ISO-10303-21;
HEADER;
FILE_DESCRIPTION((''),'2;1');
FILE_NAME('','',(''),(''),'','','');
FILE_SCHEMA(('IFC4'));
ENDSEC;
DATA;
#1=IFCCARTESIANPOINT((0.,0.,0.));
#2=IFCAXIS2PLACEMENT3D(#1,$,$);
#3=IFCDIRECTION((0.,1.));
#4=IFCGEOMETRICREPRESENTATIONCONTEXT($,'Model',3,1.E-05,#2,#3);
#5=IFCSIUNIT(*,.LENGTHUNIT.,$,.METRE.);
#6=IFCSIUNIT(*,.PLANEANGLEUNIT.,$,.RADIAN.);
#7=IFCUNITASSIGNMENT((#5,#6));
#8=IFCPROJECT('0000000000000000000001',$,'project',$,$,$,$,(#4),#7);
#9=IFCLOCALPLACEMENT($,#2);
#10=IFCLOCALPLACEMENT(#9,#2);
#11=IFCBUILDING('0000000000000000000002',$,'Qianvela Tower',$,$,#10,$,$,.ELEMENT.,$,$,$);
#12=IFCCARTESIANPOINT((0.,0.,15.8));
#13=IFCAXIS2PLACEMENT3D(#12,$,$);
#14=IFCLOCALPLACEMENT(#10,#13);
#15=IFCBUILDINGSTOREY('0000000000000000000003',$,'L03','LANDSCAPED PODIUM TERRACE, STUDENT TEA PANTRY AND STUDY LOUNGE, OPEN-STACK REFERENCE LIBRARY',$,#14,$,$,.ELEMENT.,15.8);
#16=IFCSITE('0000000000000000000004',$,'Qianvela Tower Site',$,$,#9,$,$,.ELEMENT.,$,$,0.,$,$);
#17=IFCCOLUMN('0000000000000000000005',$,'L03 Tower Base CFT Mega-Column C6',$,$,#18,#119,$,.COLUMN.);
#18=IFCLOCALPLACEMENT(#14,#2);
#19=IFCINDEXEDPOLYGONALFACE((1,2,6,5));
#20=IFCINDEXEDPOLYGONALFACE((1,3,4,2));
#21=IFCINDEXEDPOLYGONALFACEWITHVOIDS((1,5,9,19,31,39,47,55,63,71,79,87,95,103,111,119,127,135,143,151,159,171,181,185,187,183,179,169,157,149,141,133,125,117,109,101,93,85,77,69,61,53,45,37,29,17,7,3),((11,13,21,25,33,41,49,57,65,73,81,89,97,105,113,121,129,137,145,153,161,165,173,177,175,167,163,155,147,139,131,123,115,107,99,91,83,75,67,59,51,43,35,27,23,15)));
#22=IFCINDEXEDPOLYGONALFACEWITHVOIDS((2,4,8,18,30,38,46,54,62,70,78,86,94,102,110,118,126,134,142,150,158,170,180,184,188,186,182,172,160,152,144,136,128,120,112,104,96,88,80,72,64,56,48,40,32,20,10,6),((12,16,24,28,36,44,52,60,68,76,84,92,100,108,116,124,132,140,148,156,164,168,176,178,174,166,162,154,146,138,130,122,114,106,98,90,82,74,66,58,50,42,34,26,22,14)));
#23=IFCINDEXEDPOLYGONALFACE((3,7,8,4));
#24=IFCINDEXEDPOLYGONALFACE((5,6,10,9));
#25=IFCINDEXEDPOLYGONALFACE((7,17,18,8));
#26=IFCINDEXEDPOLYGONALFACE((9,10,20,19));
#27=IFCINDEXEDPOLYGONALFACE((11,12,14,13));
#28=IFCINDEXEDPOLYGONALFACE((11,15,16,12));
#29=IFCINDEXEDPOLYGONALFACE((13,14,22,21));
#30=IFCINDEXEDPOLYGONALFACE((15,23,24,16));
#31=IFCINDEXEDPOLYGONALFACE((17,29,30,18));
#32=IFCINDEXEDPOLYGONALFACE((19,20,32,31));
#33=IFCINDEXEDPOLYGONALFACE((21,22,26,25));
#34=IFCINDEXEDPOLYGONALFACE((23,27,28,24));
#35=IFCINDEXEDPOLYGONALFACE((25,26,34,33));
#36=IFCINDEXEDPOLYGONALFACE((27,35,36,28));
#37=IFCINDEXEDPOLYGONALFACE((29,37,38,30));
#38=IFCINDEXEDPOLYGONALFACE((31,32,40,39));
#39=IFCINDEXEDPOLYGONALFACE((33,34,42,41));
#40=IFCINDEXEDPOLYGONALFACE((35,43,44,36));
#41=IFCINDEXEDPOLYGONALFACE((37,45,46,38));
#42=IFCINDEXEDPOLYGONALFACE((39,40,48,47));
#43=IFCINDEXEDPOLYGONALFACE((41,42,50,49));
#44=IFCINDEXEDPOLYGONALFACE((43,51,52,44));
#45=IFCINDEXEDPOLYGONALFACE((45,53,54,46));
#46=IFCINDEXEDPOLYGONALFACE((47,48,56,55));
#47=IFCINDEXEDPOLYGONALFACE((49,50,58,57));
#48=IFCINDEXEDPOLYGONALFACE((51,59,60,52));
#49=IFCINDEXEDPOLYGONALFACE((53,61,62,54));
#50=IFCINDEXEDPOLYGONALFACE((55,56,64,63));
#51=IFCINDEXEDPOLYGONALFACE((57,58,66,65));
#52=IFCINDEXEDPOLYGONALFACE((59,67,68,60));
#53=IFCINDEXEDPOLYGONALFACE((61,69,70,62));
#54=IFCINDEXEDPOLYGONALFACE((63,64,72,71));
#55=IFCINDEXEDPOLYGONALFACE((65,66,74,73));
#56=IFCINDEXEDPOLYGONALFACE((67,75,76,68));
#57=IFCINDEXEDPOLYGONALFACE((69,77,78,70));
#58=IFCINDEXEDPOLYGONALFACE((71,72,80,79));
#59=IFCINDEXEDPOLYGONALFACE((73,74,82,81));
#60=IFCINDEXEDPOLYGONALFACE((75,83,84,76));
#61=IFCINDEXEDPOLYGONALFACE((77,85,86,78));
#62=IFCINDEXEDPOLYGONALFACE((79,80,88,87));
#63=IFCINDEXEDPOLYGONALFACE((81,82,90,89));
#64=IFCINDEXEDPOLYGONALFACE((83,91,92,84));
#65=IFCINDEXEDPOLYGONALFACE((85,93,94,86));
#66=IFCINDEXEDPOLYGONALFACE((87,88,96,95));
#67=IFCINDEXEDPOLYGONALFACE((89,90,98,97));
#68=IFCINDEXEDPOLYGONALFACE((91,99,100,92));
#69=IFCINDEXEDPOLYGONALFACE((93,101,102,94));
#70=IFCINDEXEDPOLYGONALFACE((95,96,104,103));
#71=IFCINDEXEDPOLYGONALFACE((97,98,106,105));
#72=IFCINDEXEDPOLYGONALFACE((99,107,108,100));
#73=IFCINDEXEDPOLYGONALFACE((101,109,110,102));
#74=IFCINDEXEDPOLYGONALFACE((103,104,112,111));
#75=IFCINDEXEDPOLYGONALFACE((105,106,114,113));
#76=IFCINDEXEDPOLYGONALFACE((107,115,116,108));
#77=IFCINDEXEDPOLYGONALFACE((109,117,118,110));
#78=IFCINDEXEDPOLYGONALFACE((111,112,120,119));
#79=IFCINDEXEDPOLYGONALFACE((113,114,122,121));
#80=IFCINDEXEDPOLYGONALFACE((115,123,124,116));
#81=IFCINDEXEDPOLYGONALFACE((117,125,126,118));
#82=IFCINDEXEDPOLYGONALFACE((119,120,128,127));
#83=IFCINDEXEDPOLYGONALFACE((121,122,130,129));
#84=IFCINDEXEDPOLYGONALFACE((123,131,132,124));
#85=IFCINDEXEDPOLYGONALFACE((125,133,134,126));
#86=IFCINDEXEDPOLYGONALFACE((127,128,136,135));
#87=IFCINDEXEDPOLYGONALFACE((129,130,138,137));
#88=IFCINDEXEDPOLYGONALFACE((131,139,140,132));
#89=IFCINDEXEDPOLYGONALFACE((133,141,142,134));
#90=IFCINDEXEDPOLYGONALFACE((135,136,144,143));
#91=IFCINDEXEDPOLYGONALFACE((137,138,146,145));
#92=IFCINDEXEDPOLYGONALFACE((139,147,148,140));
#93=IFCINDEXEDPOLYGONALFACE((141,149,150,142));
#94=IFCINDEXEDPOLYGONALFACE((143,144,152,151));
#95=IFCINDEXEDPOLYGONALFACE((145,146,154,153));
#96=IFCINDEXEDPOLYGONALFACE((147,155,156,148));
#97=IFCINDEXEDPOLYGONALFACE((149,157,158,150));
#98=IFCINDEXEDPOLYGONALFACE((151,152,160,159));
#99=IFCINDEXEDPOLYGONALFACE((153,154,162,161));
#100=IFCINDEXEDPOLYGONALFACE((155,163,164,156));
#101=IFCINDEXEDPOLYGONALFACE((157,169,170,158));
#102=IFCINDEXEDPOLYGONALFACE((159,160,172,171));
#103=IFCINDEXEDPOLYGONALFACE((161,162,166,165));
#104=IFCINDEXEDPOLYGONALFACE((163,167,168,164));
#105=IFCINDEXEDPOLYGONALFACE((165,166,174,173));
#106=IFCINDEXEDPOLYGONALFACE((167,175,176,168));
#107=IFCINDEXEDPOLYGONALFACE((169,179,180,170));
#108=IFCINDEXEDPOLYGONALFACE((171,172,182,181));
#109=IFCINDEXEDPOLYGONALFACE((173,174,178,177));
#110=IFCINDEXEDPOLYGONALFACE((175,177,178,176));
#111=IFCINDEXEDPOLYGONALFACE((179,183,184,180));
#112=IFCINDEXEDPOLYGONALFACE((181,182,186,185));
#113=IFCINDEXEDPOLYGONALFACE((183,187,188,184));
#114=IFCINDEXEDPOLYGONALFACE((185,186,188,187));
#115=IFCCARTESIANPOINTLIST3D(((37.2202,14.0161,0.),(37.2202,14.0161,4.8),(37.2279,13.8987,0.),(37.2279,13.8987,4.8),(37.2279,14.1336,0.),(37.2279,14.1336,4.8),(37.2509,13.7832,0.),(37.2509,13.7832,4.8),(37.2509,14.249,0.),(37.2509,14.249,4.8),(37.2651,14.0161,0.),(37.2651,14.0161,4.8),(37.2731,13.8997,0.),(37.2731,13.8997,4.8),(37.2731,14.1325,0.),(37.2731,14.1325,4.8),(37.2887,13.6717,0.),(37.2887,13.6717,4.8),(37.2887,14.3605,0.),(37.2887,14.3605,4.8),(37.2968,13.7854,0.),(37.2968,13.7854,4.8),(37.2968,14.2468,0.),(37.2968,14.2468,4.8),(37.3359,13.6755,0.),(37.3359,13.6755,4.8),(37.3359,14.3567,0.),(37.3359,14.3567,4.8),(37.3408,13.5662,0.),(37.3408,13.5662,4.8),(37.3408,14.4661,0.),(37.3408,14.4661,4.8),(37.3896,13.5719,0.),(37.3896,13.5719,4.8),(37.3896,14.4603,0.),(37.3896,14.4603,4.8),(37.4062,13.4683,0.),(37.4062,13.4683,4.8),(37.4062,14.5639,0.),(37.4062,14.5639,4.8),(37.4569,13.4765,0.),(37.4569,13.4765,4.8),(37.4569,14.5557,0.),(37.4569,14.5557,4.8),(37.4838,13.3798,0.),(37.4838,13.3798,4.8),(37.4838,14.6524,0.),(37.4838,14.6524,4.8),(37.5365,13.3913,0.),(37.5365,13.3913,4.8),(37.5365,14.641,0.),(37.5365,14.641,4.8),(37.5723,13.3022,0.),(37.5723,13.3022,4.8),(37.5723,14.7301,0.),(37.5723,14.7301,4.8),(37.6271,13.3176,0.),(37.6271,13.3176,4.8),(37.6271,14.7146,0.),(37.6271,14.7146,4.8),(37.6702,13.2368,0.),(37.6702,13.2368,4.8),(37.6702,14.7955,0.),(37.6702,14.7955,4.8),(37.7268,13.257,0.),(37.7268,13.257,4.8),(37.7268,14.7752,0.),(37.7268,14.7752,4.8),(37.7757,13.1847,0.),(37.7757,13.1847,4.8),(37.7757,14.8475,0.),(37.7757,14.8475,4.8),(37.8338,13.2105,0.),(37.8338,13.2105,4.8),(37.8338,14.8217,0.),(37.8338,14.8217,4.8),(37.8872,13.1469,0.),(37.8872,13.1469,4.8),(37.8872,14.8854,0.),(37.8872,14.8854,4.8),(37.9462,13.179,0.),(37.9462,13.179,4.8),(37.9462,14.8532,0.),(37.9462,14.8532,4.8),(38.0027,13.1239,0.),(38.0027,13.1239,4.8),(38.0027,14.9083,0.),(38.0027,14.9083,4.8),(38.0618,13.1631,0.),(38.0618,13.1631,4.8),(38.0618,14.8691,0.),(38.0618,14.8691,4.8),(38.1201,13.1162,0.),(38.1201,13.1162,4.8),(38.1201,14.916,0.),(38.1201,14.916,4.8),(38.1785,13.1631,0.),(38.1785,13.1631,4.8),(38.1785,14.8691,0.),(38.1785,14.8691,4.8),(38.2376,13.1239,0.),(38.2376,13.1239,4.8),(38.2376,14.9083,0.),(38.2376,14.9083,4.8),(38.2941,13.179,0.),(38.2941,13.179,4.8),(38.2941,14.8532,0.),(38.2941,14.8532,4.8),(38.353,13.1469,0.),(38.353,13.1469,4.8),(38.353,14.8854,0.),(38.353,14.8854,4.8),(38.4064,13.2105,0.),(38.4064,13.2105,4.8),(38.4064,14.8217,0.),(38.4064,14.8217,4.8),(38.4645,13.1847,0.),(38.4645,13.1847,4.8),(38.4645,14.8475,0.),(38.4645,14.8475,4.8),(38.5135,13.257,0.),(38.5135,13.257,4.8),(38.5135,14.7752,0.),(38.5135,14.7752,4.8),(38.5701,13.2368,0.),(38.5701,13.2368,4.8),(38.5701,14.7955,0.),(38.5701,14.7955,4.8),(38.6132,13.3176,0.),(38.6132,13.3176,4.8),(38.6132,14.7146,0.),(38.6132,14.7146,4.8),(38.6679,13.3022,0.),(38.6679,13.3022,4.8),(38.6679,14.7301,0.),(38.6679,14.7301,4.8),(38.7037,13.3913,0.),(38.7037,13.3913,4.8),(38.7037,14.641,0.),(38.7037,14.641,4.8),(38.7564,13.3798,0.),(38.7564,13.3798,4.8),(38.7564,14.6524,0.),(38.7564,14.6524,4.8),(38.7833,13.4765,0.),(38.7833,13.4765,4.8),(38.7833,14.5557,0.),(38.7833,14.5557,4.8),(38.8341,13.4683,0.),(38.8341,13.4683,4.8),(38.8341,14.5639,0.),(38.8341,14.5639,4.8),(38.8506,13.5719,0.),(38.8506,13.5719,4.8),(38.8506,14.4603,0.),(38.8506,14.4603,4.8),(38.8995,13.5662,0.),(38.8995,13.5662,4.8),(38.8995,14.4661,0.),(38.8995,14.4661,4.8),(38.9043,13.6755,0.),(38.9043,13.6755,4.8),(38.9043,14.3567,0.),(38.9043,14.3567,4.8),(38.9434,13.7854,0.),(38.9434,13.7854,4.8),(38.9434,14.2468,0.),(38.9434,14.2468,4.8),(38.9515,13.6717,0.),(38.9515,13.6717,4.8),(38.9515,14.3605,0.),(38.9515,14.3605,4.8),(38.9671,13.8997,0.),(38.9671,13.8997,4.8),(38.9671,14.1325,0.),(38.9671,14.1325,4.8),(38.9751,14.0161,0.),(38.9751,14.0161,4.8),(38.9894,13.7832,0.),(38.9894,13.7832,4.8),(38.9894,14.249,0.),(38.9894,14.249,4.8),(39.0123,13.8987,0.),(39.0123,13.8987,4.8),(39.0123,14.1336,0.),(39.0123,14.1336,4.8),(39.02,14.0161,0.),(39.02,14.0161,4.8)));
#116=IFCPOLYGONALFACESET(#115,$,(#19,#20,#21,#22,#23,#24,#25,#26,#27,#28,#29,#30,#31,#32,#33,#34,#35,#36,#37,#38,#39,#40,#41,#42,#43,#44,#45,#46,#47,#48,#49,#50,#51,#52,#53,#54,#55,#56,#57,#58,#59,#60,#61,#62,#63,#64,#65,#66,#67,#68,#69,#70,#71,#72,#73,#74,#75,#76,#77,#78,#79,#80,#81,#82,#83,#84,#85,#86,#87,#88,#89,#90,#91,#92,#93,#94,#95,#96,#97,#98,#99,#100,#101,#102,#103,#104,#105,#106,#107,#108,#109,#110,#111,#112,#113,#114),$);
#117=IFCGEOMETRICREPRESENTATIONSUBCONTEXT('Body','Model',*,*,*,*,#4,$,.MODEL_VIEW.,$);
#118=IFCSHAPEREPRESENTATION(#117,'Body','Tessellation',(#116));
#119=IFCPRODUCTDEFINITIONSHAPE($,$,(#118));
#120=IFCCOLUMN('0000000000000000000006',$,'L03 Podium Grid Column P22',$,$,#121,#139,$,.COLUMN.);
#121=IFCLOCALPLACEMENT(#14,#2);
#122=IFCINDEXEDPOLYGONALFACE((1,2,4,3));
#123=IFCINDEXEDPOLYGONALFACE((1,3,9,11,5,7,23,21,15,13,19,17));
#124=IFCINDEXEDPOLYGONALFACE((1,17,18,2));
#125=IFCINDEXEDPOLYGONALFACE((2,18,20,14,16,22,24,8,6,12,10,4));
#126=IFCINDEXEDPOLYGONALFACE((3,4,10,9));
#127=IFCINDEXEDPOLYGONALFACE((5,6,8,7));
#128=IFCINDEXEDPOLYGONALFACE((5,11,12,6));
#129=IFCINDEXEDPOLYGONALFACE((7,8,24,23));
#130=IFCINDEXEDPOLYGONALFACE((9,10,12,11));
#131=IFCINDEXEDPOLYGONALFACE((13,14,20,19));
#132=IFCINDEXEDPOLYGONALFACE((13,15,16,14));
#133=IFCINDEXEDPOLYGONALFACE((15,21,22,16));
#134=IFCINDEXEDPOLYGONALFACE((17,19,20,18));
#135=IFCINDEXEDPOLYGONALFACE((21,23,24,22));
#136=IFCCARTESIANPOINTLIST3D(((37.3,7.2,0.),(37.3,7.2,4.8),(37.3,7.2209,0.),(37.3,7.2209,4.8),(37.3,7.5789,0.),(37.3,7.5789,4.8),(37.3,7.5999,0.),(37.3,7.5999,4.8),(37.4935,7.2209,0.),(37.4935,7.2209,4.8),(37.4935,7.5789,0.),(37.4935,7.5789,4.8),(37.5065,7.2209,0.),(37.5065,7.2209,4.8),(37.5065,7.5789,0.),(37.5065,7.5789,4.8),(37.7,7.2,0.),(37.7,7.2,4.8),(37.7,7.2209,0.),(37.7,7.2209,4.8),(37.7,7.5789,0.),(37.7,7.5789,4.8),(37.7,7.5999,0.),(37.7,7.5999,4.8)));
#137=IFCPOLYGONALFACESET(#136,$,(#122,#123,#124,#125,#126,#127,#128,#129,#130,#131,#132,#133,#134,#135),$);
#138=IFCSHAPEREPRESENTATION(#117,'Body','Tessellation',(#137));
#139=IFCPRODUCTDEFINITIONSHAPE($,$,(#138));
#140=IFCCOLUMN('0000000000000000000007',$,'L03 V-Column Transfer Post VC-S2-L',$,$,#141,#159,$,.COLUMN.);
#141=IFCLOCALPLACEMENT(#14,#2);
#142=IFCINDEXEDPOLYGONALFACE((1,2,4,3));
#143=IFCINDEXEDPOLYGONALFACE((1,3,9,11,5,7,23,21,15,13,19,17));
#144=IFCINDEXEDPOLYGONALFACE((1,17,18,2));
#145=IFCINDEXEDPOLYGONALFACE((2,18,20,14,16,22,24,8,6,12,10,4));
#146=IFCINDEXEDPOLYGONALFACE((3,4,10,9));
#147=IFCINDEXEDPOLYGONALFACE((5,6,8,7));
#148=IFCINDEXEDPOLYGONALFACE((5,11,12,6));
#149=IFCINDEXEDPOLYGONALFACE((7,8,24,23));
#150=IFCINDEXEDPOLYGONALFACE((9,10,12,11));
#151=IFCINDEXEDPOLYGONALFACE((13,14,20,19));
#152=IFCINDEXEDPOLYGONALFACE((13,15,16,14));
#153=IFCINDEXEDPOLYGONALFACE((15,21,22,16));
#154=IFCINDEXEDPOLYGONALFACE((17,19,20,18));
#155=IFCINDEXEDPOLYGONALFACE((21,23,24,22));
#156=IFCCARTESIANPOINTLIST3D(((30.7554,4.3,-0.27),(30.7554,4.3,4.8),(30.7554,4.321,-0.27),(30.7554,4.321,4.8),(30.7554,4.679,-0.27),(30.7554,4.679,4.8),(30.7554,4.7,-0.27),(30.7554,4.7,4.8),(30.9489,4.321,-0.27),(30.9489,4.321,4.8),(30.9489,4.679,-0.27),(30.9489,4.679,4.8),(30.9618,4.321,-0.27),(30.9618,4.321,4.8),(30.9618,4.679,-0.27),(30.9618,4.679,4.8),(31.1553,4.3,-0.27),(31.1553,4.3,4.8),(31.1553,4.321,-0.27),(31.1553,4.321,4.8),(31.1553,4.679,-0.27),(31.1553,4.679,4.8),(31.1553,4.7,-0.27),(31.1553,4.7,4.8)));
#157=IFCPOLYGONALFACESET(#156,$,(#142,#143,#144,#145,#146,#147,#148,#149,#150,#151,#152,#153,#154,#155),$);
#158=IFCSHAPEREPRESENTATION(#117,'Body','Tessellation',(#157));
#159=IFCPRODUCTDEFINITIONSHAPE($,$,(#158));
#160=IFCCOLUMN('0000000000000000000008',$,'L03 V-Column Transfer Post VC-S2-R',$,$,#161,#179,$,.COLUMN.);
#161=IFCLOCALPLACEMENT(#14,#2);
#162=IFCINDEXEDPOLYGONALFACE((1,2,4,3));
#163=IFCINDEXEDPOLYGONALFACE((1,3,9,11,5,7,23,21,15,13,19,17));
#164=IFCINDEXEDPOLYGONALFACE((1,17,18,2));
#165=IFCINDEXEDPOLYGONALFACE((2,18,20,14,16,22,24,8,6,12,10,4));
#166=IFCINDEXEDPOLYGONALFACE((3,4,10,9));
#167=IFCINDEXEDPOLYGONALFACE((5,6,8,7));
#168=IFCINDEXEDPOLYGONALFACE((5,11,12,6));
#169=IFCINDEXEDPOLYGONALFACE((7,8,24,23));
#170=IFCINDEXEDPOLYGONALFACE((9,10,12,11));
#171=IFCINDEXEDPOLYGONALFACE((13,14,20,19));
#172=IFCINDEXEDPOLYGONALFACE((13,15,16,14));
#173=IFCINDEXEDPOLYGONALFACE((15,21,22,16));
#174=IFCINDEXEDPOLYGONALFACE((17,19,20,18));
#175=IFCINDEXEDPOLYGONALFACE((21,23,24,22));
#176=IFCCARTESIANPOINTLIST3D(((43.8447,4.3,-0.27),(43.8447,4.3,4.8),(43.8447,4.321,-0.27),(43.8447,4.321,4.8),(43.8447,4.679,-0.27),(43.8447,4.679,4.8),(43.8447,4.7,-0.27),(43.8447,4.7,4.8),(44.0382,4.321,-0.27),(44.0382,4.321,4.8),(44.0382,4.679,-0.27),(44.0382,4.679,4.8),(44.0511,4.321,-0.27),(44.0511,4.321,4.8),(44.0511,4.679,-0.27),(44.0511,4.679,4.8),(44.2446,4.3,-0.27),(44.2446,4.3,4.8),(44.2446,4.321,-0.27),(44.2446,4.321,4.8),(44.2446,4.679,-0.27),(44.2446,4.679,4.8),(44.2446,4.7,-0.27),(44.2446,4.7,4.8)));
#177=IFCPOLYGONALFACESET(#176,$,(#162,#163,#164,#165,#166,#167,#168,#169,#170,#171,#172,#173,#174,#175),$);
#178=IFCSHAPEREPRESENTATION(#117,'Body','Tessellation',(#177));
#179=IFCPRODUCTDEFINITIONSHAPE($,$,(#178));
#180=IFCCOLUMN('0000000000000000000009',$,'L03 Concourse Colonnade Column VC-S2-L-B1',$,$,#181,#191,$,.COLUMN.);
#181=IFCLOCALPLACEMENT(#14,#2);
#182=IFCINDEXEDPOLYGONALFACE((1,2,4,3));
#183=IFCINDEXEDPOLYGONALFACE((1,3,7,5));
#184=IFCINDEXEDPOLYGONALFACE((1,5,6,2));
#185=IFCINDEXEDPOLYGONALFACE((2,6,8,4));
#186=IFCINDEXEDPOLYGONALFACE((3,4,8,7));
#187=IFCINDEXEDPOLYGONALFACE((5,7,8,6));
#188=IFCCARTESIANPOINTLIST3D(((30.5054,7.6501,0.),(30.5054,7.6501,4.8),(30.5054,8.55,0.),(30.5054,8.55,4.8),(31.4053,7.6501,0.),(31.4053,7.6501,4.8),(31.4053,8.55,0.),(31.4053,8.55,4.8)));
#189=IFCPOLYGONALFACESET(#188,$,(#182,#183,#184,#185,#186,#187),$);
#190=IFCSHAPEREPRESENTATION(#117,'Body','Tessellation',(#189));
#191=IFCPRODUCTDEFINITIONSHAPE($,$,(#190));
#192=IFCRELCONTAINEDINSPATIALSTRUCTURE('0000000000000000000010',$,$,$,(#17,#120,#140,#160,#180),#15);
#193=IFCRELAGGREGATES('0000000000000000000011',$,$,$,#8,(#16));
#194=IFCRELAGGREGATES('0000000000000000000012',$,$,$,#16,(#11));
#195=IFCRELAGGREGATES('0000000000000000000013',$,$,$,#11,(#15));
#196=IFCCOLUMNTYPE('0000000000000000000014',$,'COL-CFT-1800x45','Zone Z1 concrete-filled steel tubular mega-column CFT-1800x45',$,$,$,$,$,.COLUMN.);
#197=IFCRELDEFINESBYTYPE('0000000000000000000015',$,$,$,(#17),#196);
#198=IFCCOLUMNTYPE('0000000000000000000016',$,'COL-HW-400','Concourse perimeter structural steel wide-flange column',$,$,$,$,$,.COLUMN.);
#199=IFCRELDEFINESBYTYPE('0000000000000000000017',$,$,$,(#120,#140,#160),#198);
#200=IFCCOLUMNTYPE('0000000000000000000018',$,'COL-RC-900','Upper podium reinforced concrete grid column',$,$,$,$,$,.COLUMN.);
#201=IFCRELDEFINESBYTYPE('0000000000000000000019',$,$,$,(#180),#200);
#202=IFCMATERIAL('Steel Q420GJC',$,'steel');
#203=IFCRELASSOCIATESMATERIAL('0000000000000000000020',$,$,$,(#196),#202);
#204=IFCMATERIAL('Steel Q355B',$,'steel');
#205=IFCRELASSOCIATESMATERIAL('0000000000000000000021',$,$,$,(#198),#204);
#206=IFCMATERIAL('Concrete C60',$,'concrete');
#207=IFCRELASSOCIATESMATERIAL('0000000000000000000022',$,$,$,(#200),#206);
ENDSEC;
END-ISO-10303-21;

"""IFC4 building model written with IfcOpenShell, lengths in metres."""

from ifc_helpers import new_model, si_unit, direction, frame, origin, origin_2d, place, context, subcontext, project, spatial, rectangle, hollow_circle, i_section, extrude, material, material_profile, profile_set, type_object, element, save


model = new_model("IFC4")

# Units and contexts
model_context = context("Model", 3, precision=1e-05, world=origin(), true_north=direction((0.0, 1.0)))
body_context = subcontext(model_context, "Body", "Model", "MODEL_VIEW")
ifc_project = project(units=[si_unit("LENGTHUNIT", "METRE"), si_unit("PLANEANGLEUNIT", "RADIAN")], contexts=[model_context])

# Site, building, storey
site_placement = place(None, origin())
site = spatial("IfcSite", under=ifc_project, at=site_placement, Name="Qianvela Tower Site", CompositionType="ELEMENT", RefElevation=0.0)
building_placement = place(site_placement, origin())
building = spatial("IfcBuilding", under=site, at=building_placement, Name="Qianvela Tower", CompositionType="ELEMENT")
storey_placement = place(building_placement, frame((0.0, 0.0, 15.8)))
storey = spatial("IfcBuildingStorey", under=building, at=storey_placement, Name="L03", Description="LANDSCAPED PODIUM TERRACE, STUDENT TEA PANTRY AND STUDY LOUNGE, OPEN-STACK REFERENCE LIBRARY", CompositionType="ELEMENT", Elevation=15.8)

# Columns
ifc_material_1 = material(Name="Steel Q420GJC", Category="steel")
ifc_material_profile_1 = material_profile(ifc_material_1, hollow_circle(Radius=0.8999, WallThickness=0.0449, at=origin_2d()), Name="CFT-1800x45")
ifc_profile_set_1 = profile_set([ifc_material_profile_1], Name="Steel Q420GJC")
column_type_1 = type_object("IfcColumnType", Name="COL-CFT-1800x45", Description="Zone Z1 concrete-filled steel tubular mega-column CFT-1800x45", PredefinedType="COLUMN", material=ifc_profile_set_1)
column_1_placement = place(storey_placement, frame((38.1201, 14.0161, 0.0), z_axis=(0.0, 0.0, 1.0), x_axis=(1.0, 0.0, 0.0)))
element("IfcColumn", 1, at=column_1_placement, inside=storey, type_object=column_type_1, Name="L03 Tower Base CFT Mega-Column C6", PredefinedType="COLUMN", context=body_context, shape_type="SweptSolid", body=[
    extrude(hollow_circle(Radius=0.8999, WallThickness=0.0449, at=origin_2d()), origin(), (0.0, 0.0, 1.0), 4.8),
])
ifc_material_2 = material(Name="Steel Q355B", Category="steel")
ifc_material_profile_2 = material_profile(ifc_material_2, i_section(OverallWidth=0.3999, OverallDepth=0.3999, WebThickness=0.0129, FlangeThickness=0.021, at=origin_2d()), Name="HW400x400x13x21")
ifc_profile_set_2 = profile_set([ifc_material_profile_2], Name="Steel Q355B")
column_type_2 = type_object("IfcColumnType", Name="COL-HW-400", Description="Concourse perimeter structural steel wide-flange column", PredefinedType="COLUMN", material=ifc_profile_set_2)
column_2_placement = place(storey_placement, frame((37.5, 7.3999, 0.0), z_axis=(0.0, 0.0, 1.0), x_axis=(1.0, 0.0, 0.0)))
element("IfcColumn", 2, at=column_2_placement, inside=storey, type_object=column_type_2, Name="L03 Podium Grid Column P22", PredefinedType="COLUMN", context=body_context, shape_type="SweptSolid", body=[
    extrude(i_section(OverallWidth=0.3999, OverallDepth=0.3999, WebThickness=0.0129, FlangeThickness=0.021, at=origin_2d()), origin(), (0.0, 0.0, 1.0), 4.8),
])
for number, where, z_axis, x_axis, name in (
    (3, (30.9553, 4.5, -0.27), (0.0, 0.0, 1.0), (1.0, 0.0, 0.0), "L03 V-Column Transfer Post VC-S2-L"),
    (4, (44.0447, 4.5, -0.27), (0.0, 0.0, 1.0), (1.0, 0.0, 0.0), "L03 V-Column Transfer Post VC-S2-R"),
):
    element("IfcColumn", number, at=place(storey_placement, frame(where, z_axis=z_axis, x_axis=x_axis)), inside=storey, type_object=column_type_2, Name=name, PredefinedType="COLUMN", context=body_context, shape_type="SweptSolid", body=[
        extrude(i_section(OverallWidth=0.3999, OverallDepth=0.3999, WebThickness=0.0129, FlangeThickness=0.021, at=origin_2d()), origin(), (0.0, 0.0, 1.0), 5.0701),
    ])
ifc_material_3 = material(Name="Concrete C60", Category="concrete")
ifc_material_profile_3 = material_profile(ifc_material_3, rectangle(XDim=0.8999, YDim=0.8999, at=origin_2d()), Name="RC-COL-900x900")
ifc_profile_set_3 = profile_set([ifc_material_profile_3], Name="Concrete C60")
column_type_3 = type_object("IfcColumnType", Name="COL-RC-900", Description="Upper podium reinforced concrete grid column", PredefinedType="COLUMN", material=ifc_profile_set_3)
for number, where, z_axis, x_axis, name in (
    (5, (30.9553, 8.1001, 0.0), (0.0, 0.0, 1.0), (1.0, 0.0, 0.0), "L03 Concourse Colonnade Column VC-S2-L-B1"),
):
    element("IfcColumn", number, at=place(storey_placement, frame(where, z_axis=z_axis, x_axis=x_axis)), inside=storey, type_object=column_type_3, Name=name, PredefinedType="COLUMN", context=body_context, shape_type="SweptSolid", body=[
        extrude(rectangle(XDim=0.8999, YDim=0.8999, at=origin_2d()), origin(), (0.0, 0.0, 1.0), 4.8),
    ])

save(model, "model.ifc")
